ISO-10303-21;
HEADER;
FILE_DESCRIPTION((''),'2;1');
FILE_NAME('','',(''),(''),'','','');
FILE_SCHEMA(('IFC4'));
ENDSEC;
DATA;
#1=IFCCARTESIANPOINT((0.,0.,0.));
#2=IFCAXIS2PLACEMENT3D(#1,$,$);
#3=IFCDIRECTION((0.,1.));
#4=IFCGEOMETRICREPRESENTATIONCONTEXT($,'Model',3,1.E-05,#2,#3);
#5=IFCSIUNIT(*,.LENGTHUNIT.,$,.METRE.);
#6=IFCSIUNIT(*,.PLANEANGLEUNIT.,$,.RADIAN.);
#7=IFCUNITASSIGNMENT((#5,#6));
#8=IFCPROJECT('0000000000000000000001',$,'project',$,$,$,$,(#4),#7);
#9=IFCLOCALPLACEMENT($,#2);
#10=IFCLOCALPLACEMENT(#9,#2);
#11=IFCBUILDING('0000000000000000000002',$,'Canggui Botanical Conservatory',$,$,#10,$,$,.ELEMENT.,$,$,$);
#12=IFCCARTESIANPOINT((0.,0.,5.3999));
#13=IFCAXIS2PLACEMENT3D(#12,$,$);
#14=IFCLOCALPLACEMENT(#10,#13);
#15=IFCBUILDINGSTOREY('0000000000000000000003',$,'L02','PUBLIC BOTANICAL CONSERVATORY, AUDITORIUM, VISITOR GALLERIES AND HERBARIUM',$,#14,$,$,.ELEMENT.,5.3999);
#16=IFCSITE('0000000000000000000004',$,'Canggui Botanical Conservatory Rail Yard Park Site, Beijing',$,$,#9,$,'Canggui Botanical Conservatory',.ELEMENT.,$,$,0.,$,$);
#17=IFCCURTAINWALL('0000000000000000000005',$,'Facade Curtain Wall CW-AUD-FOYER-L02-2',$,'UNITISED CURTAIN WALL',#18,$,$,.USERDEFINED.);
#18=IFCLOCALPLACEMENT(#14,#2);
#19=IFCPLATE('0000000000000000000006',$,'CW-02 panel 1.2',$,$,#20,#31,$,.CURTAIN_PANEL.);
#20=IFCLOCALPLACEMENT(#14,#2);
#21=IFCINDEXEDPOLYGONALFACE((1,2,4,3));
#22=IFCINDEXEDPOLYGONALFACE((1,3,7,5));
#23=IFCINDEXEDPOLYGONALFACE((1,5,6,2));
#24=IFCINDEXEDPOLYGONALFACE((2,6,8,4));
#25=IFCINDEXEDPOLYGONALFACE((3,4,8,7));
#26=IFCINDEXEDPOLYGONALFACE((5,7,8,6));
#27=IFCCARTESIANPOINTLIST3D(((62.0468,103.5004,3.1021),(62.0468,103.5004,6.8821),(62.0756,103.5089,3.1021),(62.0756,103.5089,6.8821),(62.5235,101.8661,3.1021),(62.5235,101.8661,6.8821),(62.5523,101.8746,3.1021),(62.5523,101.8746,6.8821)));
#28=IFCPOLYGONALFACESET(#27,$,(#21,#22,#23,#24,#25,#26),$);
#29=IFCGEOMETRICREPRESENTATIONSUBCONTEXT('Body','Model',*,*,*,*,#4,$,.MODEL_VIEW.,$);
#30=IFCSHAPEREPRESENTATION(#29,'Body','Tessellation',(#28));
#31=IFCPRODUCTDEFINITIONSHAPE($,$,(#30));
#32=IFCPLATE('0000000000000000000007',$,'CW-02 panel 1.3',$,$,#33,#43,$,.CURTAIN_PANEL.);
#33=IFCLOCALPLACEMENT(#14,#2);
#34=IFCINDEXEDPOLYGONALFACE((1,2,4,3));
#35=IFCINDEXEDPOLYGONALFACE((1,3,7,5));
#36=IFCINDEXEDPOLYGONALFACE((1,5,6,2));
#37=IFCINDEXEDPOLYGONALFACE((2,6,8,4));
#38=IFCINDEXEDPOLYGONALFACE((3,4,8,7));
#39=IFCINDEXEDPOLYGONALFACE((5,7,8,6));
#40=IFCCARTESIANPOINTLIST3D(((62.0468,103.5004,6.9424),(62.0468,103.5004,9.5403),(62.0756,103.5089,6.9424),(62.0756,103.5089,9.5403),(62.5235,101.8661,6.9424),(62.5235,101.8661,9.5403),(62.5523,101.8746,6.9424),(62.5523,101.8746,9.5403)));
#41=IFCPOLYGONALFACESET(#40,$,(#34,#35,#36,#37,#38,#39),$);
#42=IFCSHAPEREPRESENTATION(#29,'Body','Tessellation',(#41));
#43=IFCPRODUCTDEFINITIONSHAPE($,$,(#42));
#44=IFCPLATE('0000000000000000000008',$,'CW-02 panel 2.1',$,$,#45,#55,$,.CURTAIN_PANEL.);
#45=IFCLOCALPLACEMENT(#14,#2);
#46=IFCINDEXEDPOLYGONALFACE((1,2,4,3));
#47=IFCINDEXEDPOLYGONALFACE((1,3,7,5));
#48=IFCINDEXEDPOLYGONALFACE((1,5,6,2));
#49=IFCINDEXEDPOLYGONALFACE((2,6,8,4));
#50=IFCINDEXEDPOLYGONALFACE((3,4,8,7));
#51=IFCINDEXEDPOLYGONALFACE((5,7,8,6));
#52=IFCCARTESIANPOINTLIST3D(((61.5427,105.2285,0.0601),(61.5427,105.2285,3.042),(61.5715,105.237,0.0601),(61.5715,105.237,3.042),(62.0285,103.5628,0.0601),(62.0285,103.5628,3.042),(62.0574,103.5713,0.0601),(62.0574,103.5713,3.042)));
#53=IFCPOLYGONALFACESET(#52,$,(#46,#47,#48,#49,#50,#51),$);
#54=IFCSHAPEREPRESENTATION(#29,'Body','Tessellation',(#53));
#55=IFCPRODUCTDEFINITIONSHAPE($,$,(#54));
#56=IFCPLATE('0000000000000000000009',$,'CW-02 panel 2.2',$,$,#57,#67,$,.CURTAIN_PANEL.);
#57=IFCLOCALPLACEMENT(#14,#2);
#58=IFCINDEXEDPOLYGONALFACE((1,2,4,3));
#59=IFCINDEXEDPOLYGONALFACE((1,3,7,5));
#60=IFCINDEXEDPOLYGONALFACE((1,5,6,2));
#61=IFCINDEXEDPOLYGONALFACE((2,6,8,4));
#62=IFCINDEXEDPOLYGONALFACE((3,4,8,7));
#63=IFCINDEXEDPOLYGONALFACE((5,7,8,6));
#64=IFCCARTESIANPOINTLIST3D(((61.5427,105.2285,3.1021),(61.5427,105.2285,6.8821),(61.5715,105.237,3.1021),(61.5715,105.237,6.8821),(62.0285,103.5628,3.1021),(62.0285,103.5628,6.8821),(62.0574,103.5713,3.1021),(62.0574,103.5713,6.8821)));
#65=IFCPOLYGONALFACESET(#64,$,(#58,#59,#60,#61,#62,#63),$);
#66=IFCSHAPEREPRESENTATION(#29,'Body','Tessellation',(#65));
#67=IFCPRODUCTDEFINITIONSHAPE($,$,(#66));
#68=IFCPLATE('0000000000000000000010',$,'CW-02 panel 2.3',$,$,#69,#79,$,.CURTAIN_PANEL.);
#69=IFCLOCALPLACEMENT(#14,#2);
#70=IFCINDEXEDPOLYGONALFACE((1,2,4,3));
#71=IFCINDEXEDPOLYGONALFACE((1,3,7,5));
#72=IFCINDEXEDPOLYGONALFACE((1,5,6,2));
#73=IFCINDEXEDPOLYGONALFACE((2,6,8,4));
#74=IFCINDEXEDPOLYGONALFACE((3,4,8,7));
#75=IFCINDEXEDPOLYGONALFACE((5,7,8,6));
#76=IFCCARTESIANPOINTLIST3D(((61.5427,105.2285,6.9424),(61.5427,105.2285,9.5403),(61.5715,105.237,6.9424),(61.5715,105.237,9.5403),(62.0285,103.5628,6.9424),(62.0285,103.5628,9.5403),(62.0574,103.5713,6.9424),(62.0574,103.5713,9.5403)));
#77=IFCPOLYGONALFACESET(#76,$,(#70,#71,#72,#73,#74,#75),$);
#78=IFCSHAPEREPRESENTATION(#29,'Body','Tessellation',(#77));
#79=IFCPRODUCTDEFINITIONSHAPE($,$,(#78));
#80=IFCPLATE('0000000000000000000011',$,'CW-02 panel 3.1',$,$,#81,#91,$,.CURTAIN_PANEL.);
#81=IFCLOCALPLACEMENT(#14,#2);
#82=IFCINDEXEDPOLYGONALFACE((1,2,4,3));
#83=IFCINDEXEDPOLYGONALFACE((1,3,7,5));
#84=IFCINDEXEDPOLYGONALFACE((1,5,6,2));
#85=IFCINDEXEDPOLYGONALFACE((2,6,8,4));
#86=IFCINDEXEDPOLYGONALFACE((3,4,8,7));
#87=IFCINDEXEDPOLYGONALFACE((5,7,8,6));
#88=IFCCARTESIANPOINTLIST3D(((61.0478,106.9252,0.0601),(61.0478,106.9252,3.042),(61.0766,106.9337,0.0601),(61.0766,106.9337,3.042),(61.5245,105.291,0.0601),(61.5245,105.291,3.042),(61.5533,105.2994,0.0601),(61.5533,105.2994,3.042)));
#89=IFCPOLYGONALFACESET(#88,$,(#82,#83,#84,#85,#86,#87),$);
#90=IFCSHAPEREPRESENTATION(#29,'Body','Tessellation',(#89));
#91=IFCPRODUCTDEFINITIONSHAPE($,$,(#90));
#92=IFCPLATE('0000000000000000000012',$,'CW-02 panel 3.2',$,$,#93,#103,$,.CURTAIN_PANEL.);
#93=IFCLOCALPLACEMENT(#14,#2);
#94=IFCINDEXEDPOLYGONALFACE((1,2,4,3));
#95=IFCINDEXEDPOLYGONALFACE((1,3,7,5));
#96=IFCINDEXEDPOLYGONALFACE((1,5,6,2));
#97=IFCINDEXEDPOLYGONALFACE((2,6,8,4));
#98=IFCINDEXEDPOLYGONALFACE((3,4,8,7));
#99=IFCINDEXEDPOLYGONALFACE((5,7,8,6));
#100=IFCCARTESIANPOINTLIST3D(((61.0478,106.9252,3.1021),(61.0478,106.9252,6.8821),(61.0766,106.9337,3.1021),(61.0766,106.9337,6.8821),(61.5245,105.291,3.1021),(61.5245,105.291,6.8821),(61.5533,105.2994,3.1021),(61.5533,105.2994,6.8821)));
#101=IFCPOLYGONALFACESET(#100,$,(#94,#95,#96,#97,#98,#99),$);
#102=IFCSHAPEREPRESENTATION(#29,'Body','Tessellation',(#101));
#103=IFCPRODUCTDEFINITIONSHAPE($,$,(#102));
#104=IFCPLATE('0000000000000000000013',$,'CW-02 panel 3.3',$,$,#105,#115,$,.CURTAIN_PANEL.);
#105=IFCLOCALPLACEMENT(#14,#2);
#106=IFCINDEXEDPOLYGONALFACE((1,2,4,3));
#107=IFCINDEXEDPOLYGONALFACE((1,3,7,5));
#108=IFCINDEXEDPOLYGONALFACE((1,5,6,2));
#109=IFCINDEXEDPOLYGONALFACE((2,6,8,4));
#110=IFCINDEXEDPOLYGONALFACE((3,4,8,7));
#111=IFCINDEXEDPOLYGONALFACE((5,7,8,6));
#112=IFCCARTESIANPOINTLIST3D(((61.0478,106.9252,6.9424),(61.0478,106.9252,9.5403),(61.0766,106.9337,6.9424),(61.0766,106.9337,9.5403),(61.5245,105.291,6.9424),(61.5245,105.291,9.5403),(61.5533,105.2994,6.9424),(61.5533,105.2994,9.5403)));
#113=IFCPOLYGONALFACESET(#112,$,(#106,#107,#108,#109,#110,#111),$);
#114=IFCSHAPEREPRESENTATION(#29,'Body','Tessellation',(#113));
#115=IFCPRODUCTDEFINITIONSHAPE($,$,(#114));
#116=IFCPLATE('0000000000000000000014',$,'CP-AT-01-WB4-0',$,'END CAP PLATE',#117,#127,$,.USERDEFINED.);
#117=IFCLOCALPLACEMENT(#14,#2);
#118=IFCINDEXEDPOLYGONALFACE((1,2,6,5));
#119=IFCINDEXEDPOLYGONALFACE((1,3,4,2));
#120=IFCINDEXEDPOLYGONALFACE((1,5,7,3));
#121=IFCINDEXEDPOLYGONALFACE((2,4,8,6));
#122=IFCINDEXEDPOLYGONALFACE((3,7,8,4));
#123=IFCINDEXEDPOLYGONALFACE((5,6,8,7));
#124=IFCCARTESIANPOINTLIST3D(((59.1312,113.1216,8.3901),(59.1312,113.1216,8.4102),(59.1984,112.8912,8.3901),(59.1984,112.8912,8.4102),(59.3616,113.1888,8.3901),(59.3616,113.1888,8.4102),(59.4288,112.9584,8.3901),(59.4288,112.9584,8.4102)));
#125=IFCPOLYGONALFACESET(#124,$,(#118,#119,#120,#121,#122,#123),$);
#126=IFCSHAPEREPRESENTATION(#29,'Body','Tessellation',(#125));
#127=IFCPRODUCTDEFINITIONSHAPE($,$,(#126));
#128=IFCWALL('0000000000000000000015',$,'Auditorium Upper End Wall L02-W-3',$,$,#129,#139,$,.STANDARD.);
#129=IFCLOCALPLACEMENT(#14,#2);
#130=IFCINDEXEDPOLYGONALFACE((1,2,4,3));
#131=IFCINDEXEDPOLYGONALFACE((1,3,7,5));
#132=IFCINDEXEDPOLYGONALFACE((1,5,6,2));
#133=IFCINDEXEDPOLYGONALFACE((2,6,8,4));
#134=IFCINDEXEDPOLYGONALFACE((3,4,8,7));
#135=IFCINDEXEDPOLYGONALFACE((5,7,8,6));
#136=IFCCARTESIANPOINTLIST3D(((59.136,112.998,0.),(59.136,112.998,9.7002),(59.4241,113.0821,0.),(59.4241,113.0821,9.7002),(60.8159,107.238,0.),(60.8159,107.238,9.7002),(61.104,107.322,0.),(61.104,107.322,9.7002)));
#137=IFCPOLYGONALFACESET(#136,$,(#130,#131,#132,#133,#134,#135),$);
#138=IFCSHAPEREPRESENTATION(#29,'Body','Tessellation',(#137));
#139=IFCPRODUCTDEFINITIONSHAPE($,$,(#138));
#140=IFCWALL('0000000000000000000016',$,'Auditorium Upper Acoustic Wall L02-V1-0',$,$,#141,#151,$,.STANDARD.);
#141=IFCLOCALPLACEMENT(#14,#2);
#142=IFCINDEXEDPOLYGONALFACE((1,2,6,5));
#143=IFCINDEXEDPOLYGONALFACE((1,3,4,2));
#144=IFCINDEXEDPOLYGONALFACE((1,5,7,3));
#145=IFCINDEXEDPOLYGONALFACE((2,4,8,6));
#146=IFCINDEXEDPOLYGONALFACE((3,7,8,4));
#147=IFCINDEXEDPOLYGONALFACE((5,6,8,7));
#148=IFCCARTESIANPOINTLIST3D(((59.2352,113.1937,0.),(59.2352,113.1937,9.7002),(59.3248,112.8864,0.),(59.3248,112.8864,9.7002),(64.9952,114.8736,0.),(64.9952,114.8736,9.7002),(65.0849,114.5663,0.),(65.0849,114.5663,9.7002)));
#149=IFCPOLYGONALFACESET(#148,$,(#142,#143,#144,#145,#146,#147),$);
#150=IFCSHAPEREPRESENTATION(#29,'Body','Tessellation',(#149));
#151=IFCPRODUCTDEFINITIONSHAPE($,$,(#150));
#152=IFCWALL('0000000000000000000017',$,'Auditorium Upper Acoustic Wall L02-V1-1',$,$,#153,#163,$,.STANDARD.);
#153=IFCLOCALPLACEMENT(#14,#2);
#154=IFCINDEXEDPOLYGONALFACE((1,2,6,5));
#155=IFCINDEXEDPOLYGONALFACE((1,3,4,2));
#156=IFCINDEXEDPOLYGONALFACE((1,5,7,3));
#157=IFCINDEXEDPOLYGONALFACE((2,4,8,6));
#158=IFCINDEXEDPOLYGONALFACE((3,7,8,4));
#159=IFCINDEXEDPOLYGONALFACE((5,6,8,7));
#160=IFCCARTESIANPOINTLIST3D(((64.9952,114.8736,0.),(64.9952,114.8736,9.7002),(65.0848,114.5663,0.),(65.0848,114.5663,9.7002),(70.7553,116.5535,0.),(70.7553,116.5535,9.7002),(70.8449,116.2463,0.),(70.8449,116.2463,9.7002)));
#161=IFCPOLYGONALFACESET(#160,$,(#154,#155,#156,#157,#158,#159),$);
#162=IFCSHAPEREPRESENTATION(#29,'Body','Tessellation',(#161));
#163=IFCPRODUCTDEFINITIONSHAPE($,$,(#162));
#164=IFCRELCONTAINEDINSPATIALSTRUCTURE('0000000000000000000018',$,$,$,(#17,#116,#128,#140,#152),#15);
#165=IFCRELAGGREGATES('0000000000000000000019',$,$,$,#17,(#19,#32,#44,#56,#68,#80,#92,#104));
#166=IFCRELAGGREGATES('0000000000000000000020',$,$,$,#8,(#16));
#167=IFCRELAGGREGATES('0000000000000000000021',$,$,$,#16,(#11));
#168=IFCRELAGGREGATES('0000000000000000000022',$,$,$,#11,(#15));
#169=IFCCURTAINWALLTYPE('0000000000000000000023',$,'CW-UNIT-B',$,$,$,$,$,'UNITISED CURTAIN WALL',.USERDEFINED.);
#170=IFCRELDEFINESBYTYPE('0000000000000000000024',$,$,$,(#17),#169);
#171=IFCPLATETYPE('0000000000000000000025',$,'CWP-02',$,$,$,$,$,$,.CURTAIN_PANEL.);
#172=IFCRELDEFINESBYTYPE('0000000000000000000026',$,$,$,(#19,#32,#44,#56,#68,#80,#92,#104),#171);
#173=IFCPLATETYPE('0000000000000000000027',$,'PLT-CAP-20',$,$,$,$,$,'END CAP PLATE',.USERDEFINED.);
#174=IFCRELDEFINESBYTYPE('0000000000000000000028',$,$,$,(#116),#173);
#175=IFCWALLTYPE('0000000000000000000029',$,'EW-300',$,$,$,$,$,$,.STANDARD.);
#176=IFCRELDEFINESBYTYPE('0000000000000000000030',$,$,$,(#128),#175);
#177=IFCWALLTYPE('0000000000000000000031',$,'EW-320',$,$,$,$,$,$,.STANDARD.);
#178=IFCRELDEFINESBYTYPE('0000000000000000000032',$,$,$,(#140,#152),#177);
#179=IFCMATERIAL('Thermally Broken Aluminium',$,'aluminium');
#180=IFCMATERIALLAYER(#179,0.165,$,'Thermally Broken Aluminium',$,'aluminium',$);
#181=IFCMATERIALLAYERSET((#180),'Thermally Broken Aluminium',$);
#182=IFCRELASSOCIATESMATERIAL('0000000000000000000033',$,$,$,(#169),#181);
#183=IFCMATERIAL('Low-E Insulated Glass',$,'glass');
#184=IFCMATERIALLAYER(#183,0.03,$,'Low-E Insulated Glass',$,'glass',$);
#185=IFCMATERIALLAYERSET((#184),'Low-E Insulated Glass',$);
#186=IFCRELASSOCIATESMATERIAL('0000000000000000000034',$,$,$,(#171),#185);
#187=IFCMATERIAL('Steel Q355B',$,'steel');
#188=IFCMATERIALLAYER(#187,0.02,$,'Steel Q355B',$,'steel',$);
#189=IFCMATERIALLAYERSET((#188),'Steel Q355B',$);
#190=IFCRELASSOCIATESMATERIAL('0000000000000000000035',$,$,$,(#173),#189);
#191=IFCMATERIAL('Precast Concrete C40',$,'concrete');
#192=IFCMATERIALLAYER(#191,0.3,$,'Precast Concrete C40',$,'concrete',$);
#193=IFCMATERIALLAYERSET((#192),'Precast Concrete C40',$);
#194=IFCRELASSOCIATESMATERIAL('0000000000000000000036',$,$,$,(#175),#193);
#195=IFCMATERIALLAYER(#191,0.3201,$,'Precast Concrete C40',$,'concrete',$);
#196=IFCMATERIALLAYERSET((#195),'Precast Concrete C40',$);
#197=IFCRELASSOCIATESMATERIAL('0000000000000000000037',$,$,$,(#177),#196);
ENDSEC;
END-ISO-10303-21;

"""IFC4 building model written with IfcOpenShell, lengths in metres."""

from ifc_helpers import new_model, si_unit, direction, frame, frame_2d, origin, origin_2d, place, context, subcontext, project, spatial, rectangle, extrude, material, layer, layer_set, type_object, element, aggregate, save


model = new_model("IFC4")

# Units and contexts
model_context = context("Model", 3, precision=1e-05, world=origin(), true_north=direction((0.0, 1.0)))
body_context = subcontext(model_context, "Body", "Model", "MODEL_VIEW")
ifc_project = project(units=[si_unit("LENGTHUNIT", "METRE"), si_unit("PLANEANGLEUNIT", "RADIAN")], contexts=[model_context])

# Site, building, storey
site_placement = place(None, origin())
site = spatial("IfcSite", under=ifc_project, at=site_placement, Name="Canggui Botanical Conservatory Rail Yard Park Site, Beijing", LongName="Canggui Botanical Conservatory", CompositionType="ELEMENT", RefElevation=0.0)
building_placement = place(site_placement, origin())
building = spatial("IfcBuilding", under=site, at=building_placement, Name="Canggui Botanical Conservatory", CompositionType="ELEMENT")
storey_placement = place(building_placement, frame((0.0, 0.0, 5.3999)))
storey = spatial("IfcBuildingStorey", under=building, at=storey_placement, Name="L02", Description="PUBLIC BOTANICAL CONSERVATORY, AUDITORIUM, VISITOR GALLERIES AND HERBARIUM", CompositionType="ELEMENT", Elevation=5.3999)

# Shared definitions
ifc_material_1 = material(Name="Steel Q355B", Category="steel")

# Curtain wall, plates
ifc_material_2 = material(Name="Thermally Broken Aluminium", Category="aluminium")
ifc_layer_1 = layer(ifc_material_2, 0.165, Name="Thermally Broken Aluminium", Category="aluminium")
ifc_layer_set_1 = layer_set([ifc_layer_1], Name="Thermally Broken Aluminium")
curtain_wall_type = type_object("IfcCurtainWallType", Name="CW-UNIT-B", ElementType="UNITISED CURTAIN WALL", PredefinedType="USERDEFINED", material=ifc_layer_set_1)
curtain_wall_placement = place(storey_placement, origin())
curtain_wall = element("IfcCurtainWall", 1, at=curtain_wall_placement, inside=storey, type_object=curtain_wall_type, Name="Facade Curtain Wall CW-AUD-FOYER-L02-2", ObjectType="UNITISED CURTAIN WALL", PredefinedType="USERDEFINED")
ifc_material_3 = material(Name="Low-E Insulated Glass", Category="glass")
ifc_layer_2 = layer(ifc_material_3, 0.03, Name="Low-E Insulated Glass", Category="glass")
ifc_layer_set_2 = layer_set([ifc_layer_2], Name="Low-E Insulated Glass")
plate_type_1 = type_object("IfcPlateType", Name="CWP-02", PredefinedType="CURTAIN_PANEL", material=ifc_layer_set_2)
plate_1_placement = place(storey_placement, frame((62.2996, 102.6875, 3.1021), z_axis=(0.0, 0.0, 1.0), x_axis=(-0.28, 0.96, 0.0)))
plate_1 = element("IfcPlate", 2, at=plate_1_placement, type_object=plate_type_1, Name="CW-02 panel 1.2", PredefinedType="CURTAIN_PANEL", context=body_context, shape_type="SweptSolid", body=[
    extrude(rectangle(XDim=1.7024, YDim=0.03, at=origin_2d()), origin(), (0.0, 0.0, 1.0), 3.78),
])
plate_2_placement = place(storey_placement, frame((62.2996, 102.6875, 6.9424), z_axis=(0.0, 0.0, 1.0), x_axis=(-0.28, 0.96, 0.0)))
plate_2 = element("IfcPlate", 3, at=plate_2_placement, type_object=plate_type_1, Name="CW-02 panel 1.3", PredefinedType="CURTAIN_PANEL", context=body_context, shape_type="SweptSolid", body=[
    extrude(rectangle(XDim=1.7024, YDim=0.03, at=origin_2d()), origin(), (0.0, 0.0, 1.0), 2.5979),
])
plate_3_placement = place(storey_placement, frame((61.8, 104.3999, 0.0601), z_axis=(0.0, 0.0, 1.0), x_axis=(-0.28, 0.96, 0.0)))
plate_3 = element("IfcPlate", 4, at=plate_3_placement, type_object=plate_type_1, Name="CW-02 panel 2.1", PredefinedType="CURTAIN_PANEL", context=body_context, shape_type="SweptSolid", body=[
    extrude(rectangle(XDim=1.7351, YDim=0.03, at=origin_2d()), origin(), (0.0, 0.0, 1.0), 2.9819),
])
plate_4_placement = place(storey_placement, frame((61.8, 104.3999, 3.1021), z_axis=(0.0, 0.0, 1.0), x_axis=(-0.28, 0.96, 0.0)))
plate_4 = element("IfcPlate", 5, at=plate_4_placement, type_object=plate_type_1, Name="CW-02 panel 2.2", PredefinedType="CURTAIN_PANEL", context=body_context, shape_type="SweptSolid", body=[
    extrude(rectangle(XDim=1.7351, YDim=0.03, at=origin_2d()), origin(), (0.0, 0.0, 1.0), 3.78),
])
plate_5_placement = place(storey_placement, frame((61.8, 104.3999, 6.9424), z_axis=(0.0, 0.0, 1.0), x_axis=(-0.28, 0.96, 0.0)))
plate_5 = element("IfcPlate", 6, at=plate_5_placement, type_object=plate_type_1, Name="CW-02 panel 2.3", PredefinedType="CURTAIN_PANEL", context=body_context, shape_type="SweptSolid", body=[
    extrude(rectangle(XDim=1.7351, YDim=0.03, at=origin_2d()), origin(), (0.0, 0.0, 1.0), 2.5979),
])
plate_6_placement = place(storey_placement, frame((61.3005, 106.1123, 0.0601), z_axis=(0.0, 0.0, 1.0), x_axis=(-0.28, 0.96, 0.0)))
plate_6 = element("IfcPlate", 7, at=plate_6_placement, type_object=plate_type_1, Name="CW-02 panel 3.1", PredefinedType="CURTAIN_PANEL", context=body_context, shape_type="SweptSolid", body=[
    extrude(rectangle(XDim=1.7024, YDim=0.03, at=origin_2d()), origin(), (0.0, 0.0, 1.0), 2.9819),
])
plate_7_placement = place(storey_placement, frame((61.3005, 106.1123, 3.1021), z_axis=(0.0, 0.0, 1.0), x_axis=(-0.28, 0.96, 0.0)))
plate_7 = element("IfcPlate", 8, at=plate_7_placement, type_object=plate_type_1, Name="CW-02 panel 3.2", PredefinedType="CURTAIN_PANEL", context=body_context, shape_type="SweptSolid", body=[
    extrude(rectangle(XDim=1.7024, YDim=0.03, at=origin_2d()), origin(), (0.0, 0.0, 1.0), 3.78),
])
plate_8_placement = place(storey_placement, frame((61.3005, 106.1123, 6.9424), z_axis=(0.0, 0.0, 1.0), x_axis=(-0.28, 0.96, 0.0)))
plate_8 = element("IfcPlate", 9, at=plate_8_placement, type_object=plate_type_1, Name="CW-02 panel 3.3", PredefinedType="CURTAIN_PANEL", context=body_context, shape_type="SweptSolid", body=[
    extrude(rectangle(XDim=1.7024, YDim=0.03, at=origin_2d()), origin(), (0.0, 0.0, 1.0), 2.5979),
])
aggregate(curtain_wall, [plate_1, plate_2, plate_3, plate_4, plate_5, plate_6, plate_7, plate_8])

# Plate
ifc_layer_3 = layer(ifc_material_1, 0.02, Name="Steel Q355B", Category="steel")
ifc_layer_set_3 = layer_set([ifc_layer_3], Name="Steel Q355B")
plate_type_2 = type_object("IfcPlateType", Name="PLT-CAP-20", ElementType="END CAP PLATE", PredefinedType="USERDEFINED", material=ifc_layer_set_3)
plate_9_placement = place(storey_placement, frame((59.28, 113.04, 8.3901), z_axis=(0.0, 0.0, 1.0), x_axis=(0.96, 0.28, 0.0)))
element("IfcPlate", 10, at=plate_9_placement, inside=storey, type_object=plate_type_2, Name="CP-AT-01-WB4-0", ObjectType="END CAP PLATE", PredefinedType="USERDEFINED", context=body_context, shape_type="SweptSolid", body=[
    extrude(rectangle(XDim=0.24, YDim=0.24, at=origin_2d()), origin(), (0.0, 0.0, 1.0), 0.02),
])

# Walls
ifc_material_4 = material(Name="Precast Concrete C40", Category="concrete")
ifc_layer_4 = layer(ifc_material_4, 0.3, Name="Precast Concrete C40", Category="concrete")
ifc_layer_set_4 = layer_set([ifc_layer_4], Name="Precast Concrete C40")
wall_type_1 = type_object("IfcWallType", Name="EW-300", PredefinedType="STANDARD", material=ifc_layer_set_4)
wall_1_placement = place(storey_placement, frame((60.96, 107.28, 0.0), z_axis=(0.0, 0.0, 1.0), x_axis=(-0.279989, 0.960003, 0.0)))
element("IfcWall", 11, at=wall_1_placement, inside=storey, type_object=wall_type_1, Name="Auditorium Upper End Wall L02-W-3", PredefinedType="STANDARD", context=body_context, shape_type="SweptSolid", body=[
    extrude(rectangle(XDim=6.0, YDim=0.3, at=frame_2d((3.0, 0.0))), origin(), (0.0, 0.0, 1.0), 9.7002),
])
ifc_layer_5 = layer(ifc_material_4, 0.3201, Name="Precast Concrete C40", Category="concrete")
ifc_layer_set_5 = layer_set([ifc_layer_5], Name="Precast Concrete C40")
wall_type_2 = type_object("IfcWallType", Name="EW-320", PredefinedType="STANDARD", material=ifc_layer_set_5)
for number, where, z_axis, x_axis, name in (
    (12, (59.28, 113.04, 0.0), (0.0, 0.0, 1.0), (0.960003, 0.279989, 0.0), "Auditorium Upper Acoustic Wall L02-V1-0"),
    (13, (65.04, 114.72, 0.0), (0.0, 0.0, 1.0), (0.960003, 0.279989, 0.0), "Auditorium Upper Acoustic Wall L02-V1-1"),
):
    element("IfcWall", number, at=place(storey_placement, frame(where, z_axis=z_axis, x_axis=x_axis)), inside=storey, type_object=wall_type_2, Name=name, PredefinedType="STANDARD", context=body_context, shape_type="SweptSolid", body=[
        extrude(rectangle(XDim=6.0, YDim=0.3201, at=frame_2d((3.0, 0.0))), origin(), (0.0, 0.0, 1.0), 9.7002),
    ])

save(model, "model.ifc")
